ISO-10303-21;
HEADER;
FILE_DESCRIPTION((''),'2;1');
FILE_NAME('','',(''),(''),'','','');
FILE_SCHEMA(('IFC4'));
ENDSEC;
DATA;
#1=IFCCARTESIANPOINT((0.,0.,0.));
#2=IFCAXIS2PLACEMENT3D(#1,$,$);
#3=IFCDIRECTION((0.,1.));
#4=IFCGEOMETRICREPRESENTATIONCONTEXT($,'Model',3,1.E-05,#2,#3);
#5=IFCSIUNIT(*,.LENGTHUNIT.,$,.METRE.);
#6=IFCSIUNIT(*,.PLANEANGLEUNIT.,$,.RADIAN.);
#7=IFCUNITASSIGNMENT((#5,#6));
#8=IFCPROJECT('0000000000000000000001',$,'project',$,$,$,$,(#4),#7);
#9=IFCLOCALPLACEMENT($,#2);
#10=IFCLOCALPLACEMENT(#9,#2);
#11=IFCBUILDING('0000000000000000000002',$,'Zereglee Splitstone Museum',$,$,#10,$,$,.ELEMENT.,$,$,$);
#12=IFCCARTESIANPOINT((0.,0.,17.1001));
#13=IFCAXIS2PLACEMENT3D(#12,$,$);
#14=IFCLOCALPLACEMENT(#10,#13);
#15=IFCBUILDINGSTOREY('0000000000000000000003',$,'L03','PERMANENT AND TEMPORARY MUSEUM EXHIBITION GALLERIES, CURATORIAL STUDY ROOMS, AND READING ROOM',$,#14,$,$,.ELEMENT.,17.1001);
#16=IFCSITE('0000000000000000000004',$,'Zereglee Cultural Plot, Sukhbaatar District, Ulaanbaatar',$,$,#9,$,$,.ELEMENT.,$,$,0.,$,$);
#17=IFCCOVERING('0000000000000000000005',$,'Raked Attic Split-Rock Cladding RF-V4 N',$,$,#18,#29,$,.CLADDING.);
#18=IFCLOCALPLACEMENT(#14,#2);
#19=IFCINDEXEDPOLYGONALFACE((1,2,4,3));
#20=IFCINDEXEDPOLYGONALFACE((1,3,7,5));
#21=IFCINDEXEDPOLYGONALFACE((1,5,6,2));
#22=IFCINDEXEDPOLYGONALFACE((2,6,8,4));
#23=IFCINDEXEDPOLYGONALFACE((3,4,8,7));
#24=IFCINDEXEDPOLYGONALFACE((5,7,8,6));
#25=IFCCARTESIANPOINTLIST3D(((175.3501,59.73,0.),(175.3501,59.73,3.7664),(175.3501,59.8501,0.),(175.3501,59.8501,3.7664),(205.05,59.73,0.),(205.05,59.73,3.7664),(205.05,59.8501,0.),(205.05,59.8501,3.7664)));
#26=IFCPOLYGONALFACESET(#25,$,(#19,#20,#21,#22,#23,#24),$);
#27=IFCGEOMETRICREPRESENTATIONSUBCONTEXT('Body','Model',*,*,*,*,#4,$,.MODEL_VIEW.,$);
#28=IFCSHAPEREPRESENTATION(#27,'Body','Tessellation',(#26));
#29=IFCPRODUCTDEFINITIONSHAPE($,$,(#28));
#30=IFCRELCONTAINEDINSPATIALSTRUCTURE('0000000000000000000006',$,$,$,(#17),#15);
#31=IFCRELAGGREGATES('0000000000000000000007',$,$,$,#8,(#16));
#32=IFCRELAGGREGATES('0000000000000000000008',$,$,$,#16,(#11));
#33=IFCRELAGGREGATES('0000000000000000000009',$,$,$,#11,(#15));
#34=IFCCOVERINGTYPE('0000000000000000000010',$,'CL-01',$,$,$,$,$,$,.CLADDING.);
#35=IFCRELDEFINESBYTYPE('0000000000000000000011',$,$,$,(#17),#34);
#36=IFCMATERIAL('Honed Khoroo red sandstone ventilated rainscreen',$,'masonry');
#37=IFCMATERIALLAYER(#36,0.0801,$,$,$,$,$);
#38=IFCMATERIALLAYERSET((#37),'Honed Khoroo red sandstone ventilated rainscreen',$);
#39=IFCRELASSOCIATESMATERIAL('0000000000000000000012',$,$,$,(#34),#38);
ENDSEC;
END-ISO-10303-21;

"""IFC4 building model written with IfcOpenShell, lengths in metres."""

from ifc_helpers import new_model, si_unit, direction, frame, origin, place, context, subcontext, project, spatial, polyline, outline, extrude, material, layer, layer_set, type_object, element, save


model = new_model("IFC4")

# Units and contexts
model_context = context("Model", 3, precision=1e-05, world=origin(), true_north=direction((0.0, 1.0)))
body_context = subcontext(model_context, "Body", "Model", "MODEL_VIEW")
ifc_project = project(units=[si_unit("LENGTHUNIT", "METRE"), si_unit("PLANEANGLEUNIT", "RADIAN")], contexts=[model_context])

# Site, building, storey
site_placement = place(None, origin())
site = spatial("IfcSite", under=ifc_project, at=site_placement, Name="Zereglee Cultural Plot, Sukhbaatar District, Ulaanbaatar", CompositionType="ELEMENT", RefElevation=0.0)
building_placement = place(site_placement, origin())
building = spatial("IfcBuilding", under=site, at=building_placement, Name="Zereglee Splitstone Museum", CompositionType="ELEMENT")
storey_placement = place(building_placement, frame((0.0, 0.0, 17.1001)))
storey = spatial("IfcBuildingStorey", under=building, at=storey_placement, Name="L03", Description="PERMANENT AND TEMPORARY MUSEUM EXHIBITION GALLERIES, CURATORIAL STUDY ROOMS, AND READING ROOM", CompositionType="ELEMENT", Elevation=17.1001)

# Covering
ifc_material_1 = material(Name="Honed Khoroo red sandstone ventilated rainscreen", Category="masonry")
ifc_layer_1 = layer(ifc_material_1, 0.0801)
ifc_layer_set_1 = layer_set([ifc_layer_1], Name="Honed Khoroo red sandstone ventilated rainscreen")
covering_type_1 = type_object("IfcCoveringType", Name="CL-01", PredefinedType="CLADDING", material=ifc_layer_set_1)
covering_1_placement = place(storey_placement, frame((175.3501, 59.8501, 3.7664), z_axis=(0.0, 1.0, 0.0), x_axis=(1.0, 0.0, 0.0)))
element("IfcCovering", 1, at=covering_1_placement, inside=storey, type_object=covering_type_1, Name="Raked Attic Split-Rock Cladding RF-V4 N", PredefinedType="CLADDING", context=body_context, shape_type="SweptSolid", body=[
    extrude(outline(polyline([(0.0, 0.0), (29.7, 0.0), (29.7, 3.7664), (0.0, 3.7664), (0.0, 0.0)])), origin(), (0.0, 0.0, -1.0), 0.1201),
])

save(model, "model.ifc")
